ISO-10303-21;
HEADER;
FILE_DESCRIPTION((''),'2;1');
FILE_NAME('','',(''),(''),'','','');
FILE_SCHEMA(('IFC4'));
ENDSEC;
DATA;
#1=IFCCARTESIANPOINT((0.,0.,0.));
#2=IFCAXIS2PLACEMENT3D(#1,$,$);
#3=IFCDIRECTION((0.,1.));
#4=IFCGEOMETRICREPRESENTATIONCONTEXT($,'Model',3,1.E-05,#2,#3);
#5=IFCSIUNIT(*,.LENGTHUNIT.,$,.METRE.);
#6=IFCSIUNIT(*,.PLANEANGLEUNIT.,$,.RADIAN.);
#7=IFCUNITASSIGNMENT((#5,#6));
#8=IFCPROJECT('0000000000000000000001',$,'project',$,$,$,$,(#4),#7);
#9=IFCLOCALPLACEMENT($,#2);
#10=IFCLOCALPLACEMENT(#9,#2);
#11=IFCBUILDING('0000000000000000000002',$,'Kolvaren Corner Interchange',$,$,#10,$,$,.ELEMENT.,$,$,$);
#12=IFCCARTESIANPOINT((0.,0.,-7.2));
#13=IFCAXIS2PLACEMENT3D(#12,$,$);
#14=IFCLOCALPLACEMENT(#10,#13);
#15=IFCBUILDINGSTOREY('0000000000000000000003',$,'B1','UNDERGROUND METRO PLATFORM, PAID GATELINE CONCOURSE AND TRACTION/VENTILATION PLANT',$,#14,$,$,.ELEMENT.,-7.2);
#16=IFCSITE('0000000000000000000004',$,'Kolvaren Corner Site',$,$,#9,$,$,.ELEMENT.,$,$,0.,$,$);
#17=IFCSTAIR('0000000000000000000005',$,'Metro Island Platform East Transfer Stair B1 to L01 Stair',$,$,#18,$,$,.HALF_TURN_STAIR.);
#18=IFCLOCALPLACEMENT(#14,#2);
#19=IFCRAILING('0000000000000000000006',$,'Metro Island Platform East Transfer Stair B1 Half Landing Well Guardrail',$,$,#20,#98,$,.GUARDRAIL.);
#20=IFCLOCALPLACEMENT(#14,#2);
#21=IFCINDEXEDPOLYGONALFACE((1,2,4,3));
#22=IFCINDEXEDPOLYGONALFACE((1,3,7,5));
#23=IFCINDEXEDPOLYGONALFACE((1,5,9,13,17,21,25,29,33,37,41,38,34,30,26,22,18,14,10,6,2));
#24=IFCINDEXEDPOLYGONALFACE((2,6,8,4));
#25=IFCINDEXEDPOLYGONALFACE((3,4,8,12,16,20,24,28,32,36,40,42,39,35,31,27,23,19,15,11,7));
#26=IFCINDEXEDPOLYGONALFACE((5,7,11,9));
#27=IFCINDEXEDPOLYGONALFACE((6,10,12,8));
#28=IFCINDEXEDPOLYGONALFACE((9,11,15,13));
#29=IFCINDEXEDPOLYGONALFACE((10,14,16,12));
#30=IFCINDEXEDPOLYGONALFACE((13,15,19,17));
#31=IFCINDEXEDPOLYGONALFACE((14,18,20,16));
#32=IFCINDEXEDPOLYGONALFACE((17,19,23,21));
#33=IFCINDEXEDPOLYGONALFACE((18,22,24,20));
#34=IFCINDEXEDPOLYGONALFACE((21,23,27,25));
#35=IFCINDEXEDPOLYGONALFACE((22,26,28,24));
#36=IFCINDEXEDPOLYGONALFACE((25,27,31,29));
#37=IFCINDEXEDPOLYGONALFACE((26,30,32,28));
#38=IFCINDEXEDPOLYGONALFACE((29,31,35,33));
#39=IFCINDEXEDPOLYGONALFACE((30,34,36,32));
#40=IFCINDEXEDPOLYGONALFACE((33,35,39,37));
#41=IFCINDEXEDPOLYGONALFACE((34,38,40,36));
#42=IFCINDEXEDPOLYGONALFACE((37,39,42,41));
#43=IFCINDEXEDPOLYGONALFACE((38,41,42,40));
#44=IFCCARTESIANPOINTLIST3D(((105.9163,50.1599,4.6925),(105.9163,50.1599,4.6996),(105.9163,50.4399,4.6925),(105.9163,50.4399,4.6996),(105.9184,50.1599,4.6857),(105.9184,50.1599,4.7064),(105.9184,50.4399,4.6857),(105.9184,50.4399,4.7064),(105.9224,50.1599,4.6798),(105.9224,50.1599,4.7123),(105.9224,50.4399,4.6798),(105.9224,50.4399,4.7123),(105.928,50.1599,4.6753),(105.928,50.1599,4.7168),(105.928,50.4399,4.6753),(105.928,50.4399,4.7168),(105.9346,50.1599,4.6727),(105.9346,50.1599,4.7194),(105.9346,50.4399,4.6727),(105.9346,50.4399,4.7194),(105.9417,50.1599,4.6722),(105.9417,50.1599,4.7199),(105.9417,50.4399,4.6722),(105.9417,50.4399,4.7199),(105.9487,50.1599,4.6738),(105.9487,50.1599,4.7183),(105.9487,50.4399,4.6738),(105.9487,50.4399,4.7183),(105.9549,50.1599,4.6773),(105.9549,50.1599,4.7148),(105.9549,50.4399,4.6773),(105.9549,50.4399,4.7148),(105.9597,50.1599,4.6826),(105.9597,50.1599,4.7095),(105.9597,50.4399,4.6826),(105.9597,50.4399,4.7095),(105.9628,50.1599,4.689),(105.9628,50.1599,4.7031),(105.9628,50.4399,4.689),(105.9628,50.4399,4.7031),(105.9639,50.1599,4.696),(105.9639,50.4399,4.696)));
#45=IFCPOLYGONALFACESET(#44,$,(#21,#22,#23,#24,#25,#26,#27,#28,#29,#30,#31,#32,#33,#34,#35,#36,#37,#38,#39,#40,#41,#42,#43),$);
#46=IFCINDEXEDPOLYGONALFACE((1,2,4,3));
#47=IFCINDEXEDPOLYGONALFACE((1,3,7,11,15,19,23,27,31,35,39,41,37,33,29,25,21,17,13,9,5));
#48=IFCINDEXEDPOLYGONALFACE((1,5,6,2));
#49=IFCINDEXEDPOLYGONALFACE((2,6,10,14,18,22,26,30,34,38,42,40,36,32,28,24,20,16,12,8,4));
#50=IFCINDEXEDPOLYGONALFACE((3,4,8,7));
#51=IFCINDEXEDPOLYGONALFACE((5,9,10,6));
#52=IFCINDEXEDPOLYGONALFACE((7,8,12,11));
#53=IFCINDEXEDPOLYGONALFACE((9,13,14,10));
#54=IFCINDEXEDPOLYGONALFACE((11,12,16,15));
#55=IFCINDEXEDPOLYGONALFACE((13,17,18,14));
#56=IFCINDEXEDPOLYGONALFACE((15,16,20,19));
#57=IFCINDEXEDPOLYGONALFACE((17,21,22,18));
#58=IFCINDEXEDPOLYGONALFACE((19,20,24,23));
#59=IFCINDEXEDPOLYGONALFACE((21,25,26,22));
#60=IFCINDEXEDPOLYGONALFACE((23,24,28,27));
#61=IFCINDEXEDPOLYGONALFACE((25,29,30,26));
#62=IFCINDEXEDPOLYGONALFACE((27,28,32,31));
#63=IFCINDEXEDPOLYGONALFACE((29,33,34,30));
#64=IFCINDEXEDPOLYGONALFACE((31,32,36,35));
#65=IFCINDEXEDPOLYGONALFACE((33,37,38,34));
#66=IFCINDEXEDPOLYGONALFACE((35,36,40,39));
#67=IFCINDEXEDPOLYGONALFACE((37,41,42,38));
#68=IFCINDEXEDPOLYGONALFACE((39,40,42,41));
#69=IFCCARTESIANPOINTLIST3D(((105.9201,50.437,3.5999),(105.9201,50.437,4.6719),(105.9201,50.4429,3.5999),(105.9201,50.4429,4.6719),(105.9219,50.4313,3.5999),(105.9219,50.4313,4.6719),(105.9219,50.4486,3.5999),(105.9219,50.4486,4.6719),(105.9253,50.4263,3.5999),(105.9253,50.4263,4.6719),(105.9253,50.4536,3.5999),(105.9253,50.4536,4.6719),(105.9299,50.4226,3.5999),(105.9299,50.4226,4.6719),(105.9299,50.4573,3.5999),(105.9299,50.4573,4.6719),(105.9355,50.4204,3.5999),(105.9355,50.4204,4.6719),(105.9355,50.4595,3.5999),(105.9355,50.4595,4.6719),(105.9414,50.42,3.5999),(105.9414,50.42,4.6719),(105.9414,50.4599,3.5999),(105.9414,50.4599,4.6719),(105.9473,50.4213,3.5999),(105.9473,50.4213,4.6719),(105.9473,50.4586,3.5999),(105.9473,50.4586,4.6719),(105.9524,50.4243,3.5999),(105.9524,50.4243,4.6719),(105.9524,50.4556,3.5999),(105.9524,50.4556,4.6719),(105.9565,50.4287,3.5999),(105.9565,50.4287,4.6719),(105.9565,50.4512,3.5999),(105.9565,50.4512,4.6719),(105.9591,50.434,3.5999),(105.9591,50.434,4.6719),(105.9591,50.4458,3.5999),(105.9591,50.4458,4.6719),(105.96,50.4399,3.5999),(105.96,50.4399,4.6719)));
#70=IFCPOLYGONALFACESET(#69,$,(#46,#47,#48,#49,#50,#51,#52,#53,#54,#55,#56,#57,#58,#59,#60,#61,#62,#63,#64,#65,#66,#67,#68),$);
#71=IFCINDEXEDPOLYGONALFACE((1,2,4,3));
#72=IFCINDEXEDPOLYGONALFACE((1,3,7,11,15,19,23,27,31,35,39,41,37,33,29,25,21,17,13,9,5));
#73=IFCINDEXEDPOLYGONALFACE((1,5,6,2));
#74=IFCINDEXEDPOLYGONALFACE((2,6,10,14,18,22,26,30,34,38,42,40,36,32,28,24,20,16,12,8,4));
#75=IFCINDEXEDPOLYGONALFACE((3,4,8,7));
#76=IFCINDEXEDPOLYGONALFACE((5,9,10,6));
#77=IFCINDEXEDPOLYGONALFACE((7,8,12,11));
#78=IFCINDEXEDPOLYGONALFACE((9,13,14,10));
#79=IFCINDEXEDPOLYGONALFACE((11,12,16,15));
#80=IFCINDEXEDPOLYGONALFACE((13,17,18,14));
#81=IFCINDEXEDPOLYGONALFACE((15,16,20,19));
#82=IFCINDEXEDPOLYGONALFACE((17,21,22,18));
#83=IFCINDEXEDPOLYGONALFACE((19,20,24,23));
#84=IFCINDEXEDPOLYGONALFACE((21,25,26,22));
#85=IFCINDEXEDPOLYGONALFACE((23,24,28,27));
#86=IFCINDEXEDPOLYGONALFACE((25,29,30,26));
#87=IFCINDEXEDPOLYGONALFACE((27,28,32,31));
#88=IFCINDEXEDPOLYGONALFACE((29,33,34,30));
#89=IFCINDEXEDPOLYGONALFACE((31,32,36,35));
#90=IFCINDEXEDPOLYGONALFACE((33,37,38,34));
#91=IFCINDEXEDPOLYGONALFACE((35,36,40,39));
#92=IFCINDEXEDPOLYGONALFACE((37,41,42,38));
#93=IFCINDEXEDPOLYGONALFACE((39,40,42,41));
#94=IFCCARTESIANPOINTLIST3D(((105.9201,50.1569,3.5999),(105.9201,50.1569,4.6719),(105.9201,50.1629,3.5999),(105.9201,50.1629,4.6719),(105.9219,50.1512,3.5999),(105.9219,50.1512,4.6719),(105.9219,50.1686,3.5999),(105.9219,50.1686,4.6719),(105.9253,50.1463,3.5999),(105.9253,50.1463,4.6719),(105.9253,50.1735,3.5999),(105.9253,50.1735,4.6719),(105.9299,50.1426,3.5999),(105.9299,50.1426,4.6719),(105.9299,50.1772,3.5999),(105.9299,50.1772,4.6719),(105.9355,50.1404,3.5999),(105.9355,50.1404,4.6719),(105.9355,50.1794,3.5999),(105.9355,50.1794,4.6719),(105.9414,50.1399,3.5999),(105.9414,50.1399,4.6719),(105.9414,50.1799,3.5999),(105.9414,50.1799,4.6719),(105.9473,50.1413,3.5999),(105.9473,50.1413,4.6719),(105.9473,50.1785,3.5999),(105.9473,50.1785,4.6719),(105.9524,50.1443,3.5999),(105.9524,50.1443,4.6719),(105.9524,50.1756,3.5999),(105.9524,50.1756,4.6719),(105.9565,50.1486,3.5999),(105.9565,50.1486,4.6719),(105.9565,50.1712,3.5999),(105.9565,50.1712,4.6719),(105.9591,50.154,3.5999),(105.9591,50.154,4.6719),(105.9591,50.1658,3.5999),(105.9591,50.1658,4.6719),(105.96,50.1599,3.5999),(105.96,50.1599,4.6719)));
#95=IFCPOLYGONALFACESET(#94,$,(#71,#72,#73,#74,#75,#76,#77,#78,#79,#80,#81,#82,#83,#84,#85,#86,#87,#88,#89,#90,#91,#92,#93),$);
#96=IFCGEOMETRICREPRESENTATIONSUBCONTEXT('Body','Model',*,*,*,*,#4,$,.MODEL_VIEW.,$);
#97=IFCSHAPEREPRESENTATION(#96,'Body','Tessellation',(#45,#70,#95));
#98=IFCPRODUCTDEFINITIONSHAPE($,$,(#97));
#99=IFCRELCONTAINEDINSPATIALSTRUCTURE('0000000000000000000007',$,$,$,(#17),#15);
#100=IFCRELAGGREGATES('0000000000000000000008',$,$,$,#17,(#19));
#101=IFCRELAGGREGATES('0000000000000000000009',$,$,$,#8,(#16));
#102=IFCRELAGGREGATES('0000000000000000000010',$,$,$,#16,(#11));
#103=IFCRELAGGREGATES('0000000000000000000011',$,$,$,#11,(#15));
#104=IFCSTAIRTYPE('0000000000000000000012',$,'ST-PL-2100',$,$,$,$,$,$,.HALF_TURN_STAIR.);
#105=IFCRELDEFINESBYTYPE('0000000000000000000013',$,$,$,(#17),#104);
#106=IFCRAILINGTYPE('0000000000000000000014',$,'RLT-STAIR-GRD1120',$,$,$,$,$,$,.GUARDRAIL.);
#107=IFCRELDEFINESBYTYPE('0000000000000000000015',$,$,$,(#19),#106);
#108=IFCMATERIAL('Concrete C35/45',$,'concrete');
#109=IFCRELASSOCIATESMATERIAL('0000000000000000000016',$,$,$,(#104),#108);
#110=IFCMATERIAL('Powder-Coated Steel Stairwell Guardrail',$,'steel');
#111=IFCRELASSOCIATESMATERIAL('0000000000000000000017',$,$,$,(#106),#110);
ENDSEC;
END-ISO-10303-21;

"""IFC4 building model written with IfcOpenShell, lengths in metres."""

from ifc_helpers import new_model, si_unit, direction, frame, origin, origin_2d, place, context, subcontext, project, spatial, circle, extrude, material, type_object, element, aggregate, save


model = new_model("IFC4")

# Units and contexts
model_context = context("Model", 3, precision=1e-05, world=origin(), true_north=direction((0.0, 1.0)))
body_context = subcontext(model_context, "Body", "Model", "MODEL_VIEW")
ifc_project = project(units=[si_unit("LENGTHUNIT", "METRE"), si_unit("PLANEANGLEUNIT", "RADIAN")], contexts=[model_context])

# Site, building, storey
site_placement = place(None, origin())
site = spatial("IfcSite", under=ifc_project, at=site_placement, Name="Kolvaren Corner Site", CompositionType="ELEMENT", RefElevation=0.0)
building_placement = place(site_placement, origin())
building = spatial("IfcBuilding", under=site, at=building_placement, Name="Kolvaren Corner Interchange", CompositionType="ELEMENT")
storey_placement = place(building_placement, frame((0.0, 0.0, -7.2)))
storey = spatial("IfcBuildingStorey", under=building, at=storey_placement, Name="B1", Description="UNDERGROUND METRO PLATFORM, PAID GATELINE CONCOURSE AND TRACTION/VENTILATION PLANT", CompositionType="ELEMENT", Elevation=-7.2)

# Stair, railing
ifc_material_1 = material(Name="Concrete C35/45", Category="concrete")
stair_type = type_object("IfcStairType", Name="ST-PL-2100", PredefinedType="HALF_TURN_STAIR", material=ifc_material_1)
stair_placement = place(storey_placement, origin())
stair = element("IfcStair", 1, at=stair_placement, inside=storey, type_object=stair_type, Name="Metro Island Platform East Transfer Stair B1 to L01 Stair", PredefinedType="HALF_TURN_STAIR")
ifc_material_2 = material(Name="Powder-Coated Steel Stairwell Guardrail", Category="steel")
railing_type_1 = type_object("IfcRailingType", Name="RLT-STAIR-GRD1120", PredefinedType="GUARDRAIL", material=ifc_material_2)
railing_1_placement = place(storey_placement, frame((105.9399, 50.4399, 3.5999)))
railing_1 = element("IfcRailing", 2, at=railing_1_placement, type_object=railing_type_1, Name="Metro Island Platform East Transfer Stair B1 Half Landing Well Guardrail", PredefinedType="GUARDRAIL", context=body_context, shape_type="SweptSolid", body=[
    extrude(circle(Radius=0.0239, at=origin_2d()), frame((0.0, 0.0, 1.0962), z_axis=(0.0, -1.0, 0.0), x_axis=(1.0, 0.0, 0.0)), (0.0, 0.0, 1.0), 0.28),
    extrude(circle(Radius=0.02, at=origin_2d()), origin(), (0.0, 0.0, 1.0), 1.072),
    extrude(circle(Radius=0.02, at=origin_2d()), frame((0.0, -0.28, 0.0)), (0.0, 0.0, 1.0), 1.072),
])
aggregate(stair, [railing_1])

save(model, "model.ifc")
